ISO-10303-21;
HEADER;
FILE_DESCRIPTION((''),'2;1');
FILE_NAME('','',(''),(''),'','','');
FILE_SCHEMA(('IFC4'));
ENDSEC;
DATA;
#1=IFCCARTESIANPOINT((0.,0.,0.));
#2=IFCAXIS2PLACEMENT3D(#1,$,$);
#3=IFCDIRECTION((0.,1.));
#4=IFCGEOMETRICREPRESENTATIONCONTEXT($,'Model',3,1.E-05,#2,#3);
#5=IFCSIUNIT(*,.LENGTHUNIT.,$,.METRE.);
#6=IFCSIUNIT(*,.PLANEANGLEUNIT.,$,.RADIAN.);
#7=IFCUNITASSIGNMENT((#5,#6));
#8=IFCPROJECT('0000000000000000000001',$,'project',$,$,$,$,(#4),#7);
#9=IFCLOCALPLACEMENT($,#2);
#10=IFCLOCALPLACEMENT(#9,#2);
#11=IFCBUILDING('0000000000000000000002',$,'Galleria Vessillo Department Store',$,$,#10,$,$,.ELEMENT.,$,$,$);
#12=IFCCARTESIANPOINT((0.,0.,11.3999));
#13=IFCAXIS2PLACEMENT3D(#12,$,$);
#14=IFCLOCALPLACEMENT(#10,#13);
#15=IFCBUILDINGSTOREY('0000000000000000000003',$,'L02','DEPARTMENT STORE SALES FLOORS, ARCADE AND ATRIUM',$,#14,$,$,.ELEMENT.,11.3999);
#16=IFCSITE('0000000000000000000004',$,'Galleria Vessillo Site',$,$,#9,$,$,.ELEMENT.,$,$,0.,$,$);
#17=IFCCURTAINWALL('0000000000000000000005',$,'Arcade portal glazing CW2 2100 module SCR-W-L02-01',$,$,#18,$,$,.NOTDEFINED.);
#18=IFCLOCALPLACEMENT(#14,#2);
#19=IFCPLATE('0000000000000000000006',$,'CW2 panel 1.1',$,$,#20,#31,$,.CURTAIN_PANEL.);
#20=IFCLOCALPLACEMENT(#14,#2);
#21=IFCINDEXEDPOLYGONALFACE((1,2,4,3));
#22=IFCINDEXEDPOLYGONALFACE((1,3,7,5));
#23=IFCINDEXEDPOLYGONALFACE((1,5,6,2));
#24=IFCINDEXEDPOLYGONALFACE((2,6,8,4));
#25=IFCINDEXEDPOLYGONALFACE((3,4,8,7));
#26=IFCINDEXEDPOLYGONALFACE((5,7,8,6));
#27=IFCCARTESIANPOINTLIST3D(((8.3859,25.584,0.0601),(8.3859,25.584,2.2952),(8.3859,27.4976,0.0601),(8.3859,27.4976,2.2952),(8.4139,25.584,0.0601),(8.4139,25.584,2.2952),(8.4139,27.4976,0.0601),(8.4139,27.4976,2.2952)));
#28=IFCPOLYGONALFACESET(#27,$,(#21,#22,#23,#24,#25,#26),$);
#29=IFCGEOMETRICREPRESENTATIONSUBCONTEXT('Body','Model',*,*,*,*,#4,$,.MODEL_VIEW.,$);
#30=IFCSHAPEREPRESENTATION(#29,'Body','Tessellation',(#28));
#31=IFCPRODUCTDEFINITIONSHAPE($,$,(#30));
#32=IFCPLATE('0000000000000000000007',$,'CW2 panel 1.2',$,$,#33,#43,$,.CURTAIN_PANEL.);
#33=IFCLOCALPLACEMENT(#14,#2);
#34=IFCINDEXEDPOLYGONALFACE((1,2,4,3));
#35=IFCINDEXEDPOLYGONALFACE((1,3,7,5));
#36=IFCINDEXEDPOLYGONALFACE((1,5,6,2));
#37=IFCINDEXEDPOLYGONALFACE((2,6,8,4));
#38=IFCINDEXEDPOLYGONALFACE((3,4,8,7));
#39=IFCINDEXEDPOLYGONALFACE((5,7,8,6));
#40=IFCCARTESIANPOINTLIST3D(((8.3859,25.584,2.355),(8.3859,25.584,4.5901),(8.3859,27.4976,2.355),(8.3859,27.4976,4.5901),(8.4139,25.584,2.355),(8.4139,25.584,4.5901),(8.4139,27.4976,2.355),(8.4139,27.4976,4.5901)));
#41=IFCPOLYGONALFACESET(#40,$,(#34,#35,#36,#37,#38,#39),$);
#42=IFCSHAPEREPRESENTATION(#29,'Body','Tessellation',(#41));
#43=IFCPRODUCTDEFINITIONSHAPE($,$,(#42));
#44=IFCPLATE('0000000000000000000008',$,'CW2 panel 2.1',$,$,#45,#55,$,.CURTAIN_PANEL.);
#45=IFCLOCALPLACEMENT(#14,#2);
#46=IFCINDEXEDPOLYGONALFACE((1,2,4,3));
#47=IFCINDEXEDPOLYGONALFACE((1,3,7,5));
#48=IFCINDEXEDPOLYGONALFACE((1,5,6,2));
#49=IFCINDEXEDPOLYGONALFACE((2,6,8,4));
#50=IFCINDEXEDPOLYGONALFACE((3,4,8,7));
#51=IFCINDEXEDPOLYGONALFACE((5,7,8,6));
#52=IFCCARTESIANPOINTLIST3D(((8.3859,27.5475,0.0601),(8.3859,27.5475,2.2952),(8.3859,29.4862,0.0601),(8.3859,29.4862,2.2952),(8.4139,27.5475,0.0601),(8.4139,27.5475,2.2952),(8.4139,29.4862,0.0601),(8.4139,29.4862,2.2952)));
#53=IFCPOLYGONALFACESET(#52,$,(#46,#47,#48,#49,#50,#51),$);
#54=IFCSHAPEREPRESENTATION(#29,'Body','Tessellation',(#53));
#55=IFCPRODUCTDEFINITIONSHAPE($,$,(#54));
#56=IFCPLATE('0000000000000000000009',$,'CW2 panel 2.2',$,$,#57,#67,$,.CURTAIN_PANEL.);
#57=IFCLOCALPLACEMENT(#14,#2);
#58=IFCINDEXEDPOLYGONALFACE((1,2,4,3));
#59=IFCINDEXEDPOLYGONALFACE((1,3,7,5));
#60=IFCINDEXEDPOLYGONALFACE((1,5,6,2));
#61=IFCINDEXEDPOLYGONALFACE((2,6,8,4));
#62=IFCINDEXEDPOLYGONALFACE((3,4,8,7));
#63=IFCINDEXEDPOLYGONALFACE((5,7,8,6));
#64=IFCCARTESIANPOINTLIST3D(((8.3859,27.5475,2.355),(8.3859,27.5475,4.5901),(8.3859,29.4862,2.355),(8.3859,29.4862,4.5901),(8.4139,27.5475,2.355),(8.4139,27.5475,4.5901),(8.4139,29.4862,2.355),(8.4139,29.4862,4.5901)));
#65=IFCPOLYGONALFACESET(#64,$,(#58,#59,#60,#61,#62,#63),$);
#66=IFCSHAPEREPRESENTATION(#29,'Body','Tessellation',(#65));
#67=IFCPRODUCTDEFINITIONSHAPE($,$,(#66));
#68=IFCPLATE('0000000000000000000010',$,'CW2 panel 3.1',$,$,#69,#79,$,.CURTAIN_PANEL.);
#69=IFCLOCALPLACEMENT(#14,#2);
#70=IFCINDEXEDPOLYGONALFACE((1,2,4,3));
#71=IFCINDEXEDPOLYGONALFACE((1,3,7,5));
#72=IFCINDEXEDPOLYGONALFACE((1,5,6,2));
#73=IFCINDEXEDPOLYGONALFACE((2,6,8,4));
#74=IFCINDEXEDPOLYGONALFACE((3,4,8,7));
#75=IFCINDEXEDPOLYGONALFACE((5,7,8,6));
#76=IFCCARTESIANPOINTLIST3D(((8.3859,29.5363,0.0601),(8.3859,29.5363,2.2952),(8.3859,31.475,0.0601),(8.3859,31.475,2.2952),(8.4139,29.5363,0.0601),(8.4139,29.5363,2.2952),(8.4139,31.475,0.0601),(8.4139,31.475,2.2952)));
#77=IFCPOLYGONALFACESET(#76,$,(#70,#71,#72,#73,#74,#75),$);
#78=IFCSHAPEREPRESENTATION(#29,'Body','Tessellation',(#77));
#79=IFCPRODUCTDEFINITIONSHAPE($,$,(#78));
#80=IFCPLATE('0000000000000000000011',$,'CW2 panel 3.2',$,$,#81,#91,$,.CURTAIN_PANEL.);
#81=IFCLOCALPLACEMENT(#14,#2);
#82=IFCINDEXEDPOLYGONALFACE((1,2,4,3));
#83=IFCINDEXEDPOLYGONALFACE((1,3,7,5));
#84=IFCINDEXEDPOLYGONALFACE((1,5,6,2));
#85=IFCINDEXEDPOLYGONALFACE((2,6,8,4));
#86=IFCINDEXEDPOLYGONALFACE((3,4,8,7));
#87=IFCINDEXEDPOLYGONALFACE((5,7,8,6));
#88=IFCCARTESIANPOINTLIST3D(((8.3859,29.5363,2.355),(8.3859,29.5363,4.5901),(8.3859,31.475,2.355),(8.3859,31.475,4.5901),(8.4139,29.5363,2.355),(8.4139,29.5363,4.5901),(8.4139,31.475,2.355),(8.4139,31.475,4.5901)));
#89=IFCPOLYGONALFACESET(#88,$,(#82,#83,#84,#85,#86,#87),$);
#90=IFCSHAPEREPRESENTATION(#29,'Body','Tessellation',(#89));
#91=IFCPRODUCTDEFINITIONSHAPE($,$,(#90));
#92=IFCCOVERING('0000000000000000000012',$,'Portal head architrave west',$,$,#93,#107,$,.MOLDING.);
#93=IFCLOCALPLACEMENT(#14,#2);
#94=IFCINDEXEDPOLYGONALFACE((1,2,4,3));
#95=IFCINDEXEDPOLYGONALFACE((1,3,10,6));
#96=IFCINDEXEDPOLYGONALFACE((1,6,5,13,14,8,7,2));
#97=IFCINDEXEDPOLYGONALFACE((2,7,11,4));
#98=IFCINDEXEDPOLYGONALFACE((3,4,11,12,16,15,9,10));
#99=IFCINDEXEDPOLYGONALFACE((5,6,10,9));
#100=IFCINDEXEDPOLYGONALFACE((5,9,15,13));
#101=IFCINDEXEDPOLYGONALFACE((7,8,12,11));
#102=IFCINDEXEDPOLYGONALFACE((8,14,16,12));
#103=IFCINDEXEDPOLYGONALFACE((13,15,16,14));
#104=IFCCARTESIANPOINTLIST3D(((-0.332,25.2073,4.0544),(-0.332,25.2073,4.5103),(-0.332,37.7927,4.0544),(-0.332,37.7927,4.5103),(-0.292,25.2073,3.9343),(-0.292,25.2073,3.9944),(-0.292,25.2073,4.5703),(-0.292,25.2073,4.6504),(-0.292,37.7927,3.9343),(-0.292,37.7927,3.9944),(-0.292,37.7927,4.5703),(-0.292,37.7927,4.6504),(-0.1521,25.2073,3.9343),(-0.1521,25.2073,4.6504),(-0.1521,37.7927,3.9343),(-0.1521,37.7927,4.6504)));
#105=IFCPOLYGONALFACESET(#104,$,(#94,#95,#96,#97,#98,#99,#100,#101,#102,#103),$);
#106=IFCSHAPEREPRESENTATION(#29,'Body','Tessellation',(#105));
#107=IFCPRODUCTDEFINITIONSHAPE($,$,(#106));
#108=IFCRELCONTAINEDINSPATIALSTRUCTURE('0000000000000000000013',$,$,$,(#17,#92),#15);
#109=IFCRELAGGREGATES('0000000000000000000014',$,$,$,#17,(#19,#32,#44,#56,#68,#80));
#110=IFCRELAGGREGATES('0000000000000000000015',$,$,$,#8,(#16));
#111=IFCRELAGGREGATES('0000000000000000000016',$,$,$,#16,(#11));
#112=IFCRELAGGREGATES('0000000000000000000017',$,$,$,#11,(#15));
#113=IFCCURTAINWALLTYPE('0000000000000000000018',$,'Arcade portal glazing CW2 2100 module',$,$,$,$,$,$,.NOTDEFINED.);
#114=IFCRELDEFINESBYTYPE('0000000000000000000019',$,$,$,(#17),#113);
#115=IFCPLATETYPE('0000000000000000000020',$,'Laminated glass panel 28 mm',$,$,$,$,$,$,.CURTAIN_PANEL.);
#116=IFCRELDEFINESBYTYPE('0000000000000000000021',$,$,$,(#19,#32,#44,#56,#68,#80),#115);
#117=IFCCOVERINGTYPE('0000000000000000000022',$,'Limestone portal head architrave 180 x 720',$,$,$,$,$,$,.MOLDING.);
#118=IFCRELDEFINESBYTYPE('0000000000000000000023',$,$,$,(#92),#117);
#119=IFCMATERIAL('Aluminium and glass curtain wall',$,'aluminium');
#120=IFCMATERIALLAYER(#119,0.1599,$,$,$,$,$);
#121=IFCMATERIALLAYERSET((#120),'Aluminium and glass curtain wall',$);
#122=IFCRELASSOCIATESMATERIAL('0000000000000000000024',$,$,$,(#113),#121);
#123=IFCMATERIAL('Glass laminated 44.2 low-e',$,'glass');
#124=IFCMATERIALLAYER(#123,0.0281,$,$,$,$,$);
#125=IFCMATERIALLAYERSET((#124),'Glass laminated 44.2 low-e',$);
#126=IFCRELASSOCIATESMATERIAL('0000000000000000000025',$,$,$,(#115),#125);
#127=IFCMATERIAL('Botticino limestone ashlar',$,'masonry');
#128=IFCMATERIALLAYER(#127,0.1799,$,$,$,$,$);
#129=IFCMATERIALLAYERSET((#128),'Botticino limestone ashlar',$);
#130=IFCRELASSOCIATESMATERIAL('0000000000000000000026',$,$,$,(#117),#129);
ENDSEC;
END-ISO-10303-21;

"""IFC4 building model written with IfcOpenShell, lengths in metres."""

from ifc_helpers import new_model, si_unit, direction, frame, origin, origin_2d, place, context, subcontext, project, spatial, polyline, rectangle, outline, extrude, material, layer, layer_set, type_object, element, aggregate, save


model = new_model("IFC4")

# Units and contexts
model_context = context("Model", 3, precision=1e-05, world=origin(), true_north=direction((0.0, 1.0)))
body_context = subcontext(model_context, "Body", "Model", "MODEL_VIEW")
ifc_project = project(units=[si_unit("LENGTHUNIT", "METRE"), si_unit("PLANEANGLEUNIT", "RADIAN")], contexts=[model_context])

# Site, building, storey
site_placement = place(None, origin())
site = spatial("IfcSite", under=ifc_project, at=site_placement, Name="Galleria Vessillo Site", CompositionType="ELEMENT", RefElevation=0.0)
building_placement = place(site_placement, origin())
building = spatial("IfcBuilding", under=site, at=building_placement, Name="Galleria Vessillo Department Store", CompositionType="ELEMENT")
storey_placement = place(building_placement, frame((0.0, 0.0, 11.3999)))
storey = spatial("IfcBuildingStorey", under=building, at=storey_placement, Name="L02", Description="DEPARTMENT STORE SALES FLOORS, ARCADE AND ATRIUM", CompositionType="ELEMENT", Elevation=11.3999)

# Curtain wall, plates
ifc_material_1 = material(Name="Aluminium and glass curtain wall", Category="aluminium")
ifc_layer_1 = layer(ifc_material_1, 0.1599)
ifc_layer_set_1 = layer_set([ifc_layer_1], Name="Aluminium and glass curtain wall")
curtain_wall_type = type_object("IfcCurtainWallType", Name="Arcade portal glazing CW2 2100 module", PredefinedType="NOTDEFINED", material=ifc_layer_set_1)
curtain_wall_placement = place(storey_placement, origin())
curtain_wall = element("IfcCurtainWall", 1, at=curtain_wall_placement, inside=storey, type_object=curtain_wall_type, Name="Arcade portal glazing CW2 2100 module SCR-W-L02-01", PredefinedType="NOTDEFINED")
ifc_material_2 = material(Name="Glass laminated 44.2 low-e", Category="glass")
ifc_layer_2 = layer(ifc_material_2, 0.0281)
ifc_layer_set_2 = layer_set([ifc_layer_2], Name="Glass laminated 44.2 low-e")
plate_type = type_object("IfcPlateType", Name="Laminated glass panel 28 mm", PredefinedType="CURTAIN_PANEL", material=ifc_layer_set_2)
plate_1_placement = place(storey_placement, frame((8.3999, 26.5408, 0.0601), z_axis=(0.0, 0.0, 1.0), x_axis=(0.0, 1.0, 0.0)))
plate_1 = element("IfcPlate", 2, at=plate_1_placement, type_object=plate_type, Name="CW2 panel 1.1", PredefinedType="CURTAIN_PANEL", context=body_context, shape_type="SweptSolid", body=[
    extrude(rectangle(XDim=1.9136, YDim=0.0281, at=origin_2d()), origin(), (0.0, 0.0, 1.0), 2.2351),
])
plate_2_placement = place(storey_placement, frame((8.3999, 26.5408, 2.355), z_axis=(0.0, 0.0, 1.0), x_axis=(0.0, 1.0, 0.0)))
plate_2 = element("IfcPlate", 3, at=plate_2_placement, type_object=plate_type, Name="CW2 panel 1.2", PredefinedType="CURTAIN_PANEL", context=body_context, shape_type="SweptSolid", body=[
    extrude(rectangle(XDim=1.9136, YDim=0.0281, at=origin_2d()), origin(), (0.0, 0.0, 1.0), 2.2351),
])
plate_3_placement = place(storey_placement, frame((8.3999, 28.5168, 0.0601), z_axis=(0.0, 0.0, 1.0), x_axis=(0.0, 1.0, 0.0)))
plate_3 = element("IfcPlate", 4, at=plate_3_placement, type_object=plate_type, Name="CW2 panel 2.1", PredefinedType="CURTAIN_PANEL", context=body_context, shape_type="SweptSolid", body=[
    extrude(rectangle(XDim=1.9387, YDim=0.0281, at=origin_2d()), origin(), (0.0, 0.0, 1.0), 2.2351),
])
plate_4_placement = place(storey_placement, frame((8.3999, 28.5168, 2.355), z_axis=(0.0, 0.0, 1.0), x_axis=(0.0, 1.0, 0.0)))
plate_4 = element("IfcPlate", 5, at=plate_4_placement, type_object=plate_type, Name="CW2 panel 2.2", PredefinedType="CURTAIN_PANEL", context=body_context, shape_type="SweptSolid", body=[
    extrude(rectangle(XDim=1.9387, YDim=0.0281, at=origin_2d()), origin(), (0.0, 0.0, 1.0), 2.2351),
])
plate_5_placement = place(storey_placement, frame((8.3999, 30.5056, 0.0601), z_axis=(0.0, 0.0, 1.0), x_axis=(0.0, 1.0, 0.0)))
plate_5 = element("IfcPlate", 6, at=plate_5_placement, type_object=plate_type, Name="CW2 panel 3.1", PredefinedType="CURTAIN_PANEL", context=body_context, shape_type="SweptSolid", body=[
    extrude(rectangle(XDim=1.9387, YDim=0.0281, at=origin_2d()), origin(), (0.0, 0.0, 1.0), 2.2351),
])
plate_6_placement = place(storey_placement, frame((8.3999, 30.5056, 2.355), z_axis=(0.0, 0.0, 1.0), x_axis=(0.0, 1.0, 0.0)))
plate_6 = element("IfcPlate", 7, at=plate_6_placement, type_object=plate_type, Name="CW2 panel 3.2", PredefinedType="CURTAIN_PANEL", context=body_context, shape_type="SweptSolid", body=[
    extrude(rectangle(XDim=1.9387, YDim=0.0281, at=origin_2d()), origin(), (0.0, 0.0, 1.0), 2.2351),
])
aggregate(curtain_wall, [plate_1, plate_2, plate_3, plate_4, plate_5, plate_6])

# Covering
ifc_material_3 = material(Name="Botticino limestone ashlar", Category="masonry")
ifc_layer_3 = layer(ifc_material_3, 0.1799)
ifc_layer_set_3 = layer_set([ifc_layer_3], Name="Botticino limestone ashlar")
covering_type = type_object("IfcCoveringType", Name="Limestone portal head architrave 180 x 720", PredefinedType="MOLDING", material=ifc_layer_set_3)
covering_placement = place(storey_placement, frame((0.0, 25.2073, 3.9343), z_axis=(0.0, 1.0, 0.0), x_axis=(-1.0, 0.0, 0.0)))
element("IfcCovering", 8, at=covering_placement, inside=storey, type_object=covering_type, Name="Portal head architrave west", PredefinedType="MOLDING", context=body_context, shape_type="SweptSolid", body=[
    extrude(outline(polyline([(0.1521, 0.0), (0.292, 0.0), (0.292, 0.0601), (0.332, 0.1201), (0.332, 0.5759), (0.292, 0.636), (0.292, 0.7161), (0.1521, 0.7161), (0.1521, 0.0)])), origin(), (0.0, 0.0, 1.0), 12.5854),
])

save(model, "model.ifc")
